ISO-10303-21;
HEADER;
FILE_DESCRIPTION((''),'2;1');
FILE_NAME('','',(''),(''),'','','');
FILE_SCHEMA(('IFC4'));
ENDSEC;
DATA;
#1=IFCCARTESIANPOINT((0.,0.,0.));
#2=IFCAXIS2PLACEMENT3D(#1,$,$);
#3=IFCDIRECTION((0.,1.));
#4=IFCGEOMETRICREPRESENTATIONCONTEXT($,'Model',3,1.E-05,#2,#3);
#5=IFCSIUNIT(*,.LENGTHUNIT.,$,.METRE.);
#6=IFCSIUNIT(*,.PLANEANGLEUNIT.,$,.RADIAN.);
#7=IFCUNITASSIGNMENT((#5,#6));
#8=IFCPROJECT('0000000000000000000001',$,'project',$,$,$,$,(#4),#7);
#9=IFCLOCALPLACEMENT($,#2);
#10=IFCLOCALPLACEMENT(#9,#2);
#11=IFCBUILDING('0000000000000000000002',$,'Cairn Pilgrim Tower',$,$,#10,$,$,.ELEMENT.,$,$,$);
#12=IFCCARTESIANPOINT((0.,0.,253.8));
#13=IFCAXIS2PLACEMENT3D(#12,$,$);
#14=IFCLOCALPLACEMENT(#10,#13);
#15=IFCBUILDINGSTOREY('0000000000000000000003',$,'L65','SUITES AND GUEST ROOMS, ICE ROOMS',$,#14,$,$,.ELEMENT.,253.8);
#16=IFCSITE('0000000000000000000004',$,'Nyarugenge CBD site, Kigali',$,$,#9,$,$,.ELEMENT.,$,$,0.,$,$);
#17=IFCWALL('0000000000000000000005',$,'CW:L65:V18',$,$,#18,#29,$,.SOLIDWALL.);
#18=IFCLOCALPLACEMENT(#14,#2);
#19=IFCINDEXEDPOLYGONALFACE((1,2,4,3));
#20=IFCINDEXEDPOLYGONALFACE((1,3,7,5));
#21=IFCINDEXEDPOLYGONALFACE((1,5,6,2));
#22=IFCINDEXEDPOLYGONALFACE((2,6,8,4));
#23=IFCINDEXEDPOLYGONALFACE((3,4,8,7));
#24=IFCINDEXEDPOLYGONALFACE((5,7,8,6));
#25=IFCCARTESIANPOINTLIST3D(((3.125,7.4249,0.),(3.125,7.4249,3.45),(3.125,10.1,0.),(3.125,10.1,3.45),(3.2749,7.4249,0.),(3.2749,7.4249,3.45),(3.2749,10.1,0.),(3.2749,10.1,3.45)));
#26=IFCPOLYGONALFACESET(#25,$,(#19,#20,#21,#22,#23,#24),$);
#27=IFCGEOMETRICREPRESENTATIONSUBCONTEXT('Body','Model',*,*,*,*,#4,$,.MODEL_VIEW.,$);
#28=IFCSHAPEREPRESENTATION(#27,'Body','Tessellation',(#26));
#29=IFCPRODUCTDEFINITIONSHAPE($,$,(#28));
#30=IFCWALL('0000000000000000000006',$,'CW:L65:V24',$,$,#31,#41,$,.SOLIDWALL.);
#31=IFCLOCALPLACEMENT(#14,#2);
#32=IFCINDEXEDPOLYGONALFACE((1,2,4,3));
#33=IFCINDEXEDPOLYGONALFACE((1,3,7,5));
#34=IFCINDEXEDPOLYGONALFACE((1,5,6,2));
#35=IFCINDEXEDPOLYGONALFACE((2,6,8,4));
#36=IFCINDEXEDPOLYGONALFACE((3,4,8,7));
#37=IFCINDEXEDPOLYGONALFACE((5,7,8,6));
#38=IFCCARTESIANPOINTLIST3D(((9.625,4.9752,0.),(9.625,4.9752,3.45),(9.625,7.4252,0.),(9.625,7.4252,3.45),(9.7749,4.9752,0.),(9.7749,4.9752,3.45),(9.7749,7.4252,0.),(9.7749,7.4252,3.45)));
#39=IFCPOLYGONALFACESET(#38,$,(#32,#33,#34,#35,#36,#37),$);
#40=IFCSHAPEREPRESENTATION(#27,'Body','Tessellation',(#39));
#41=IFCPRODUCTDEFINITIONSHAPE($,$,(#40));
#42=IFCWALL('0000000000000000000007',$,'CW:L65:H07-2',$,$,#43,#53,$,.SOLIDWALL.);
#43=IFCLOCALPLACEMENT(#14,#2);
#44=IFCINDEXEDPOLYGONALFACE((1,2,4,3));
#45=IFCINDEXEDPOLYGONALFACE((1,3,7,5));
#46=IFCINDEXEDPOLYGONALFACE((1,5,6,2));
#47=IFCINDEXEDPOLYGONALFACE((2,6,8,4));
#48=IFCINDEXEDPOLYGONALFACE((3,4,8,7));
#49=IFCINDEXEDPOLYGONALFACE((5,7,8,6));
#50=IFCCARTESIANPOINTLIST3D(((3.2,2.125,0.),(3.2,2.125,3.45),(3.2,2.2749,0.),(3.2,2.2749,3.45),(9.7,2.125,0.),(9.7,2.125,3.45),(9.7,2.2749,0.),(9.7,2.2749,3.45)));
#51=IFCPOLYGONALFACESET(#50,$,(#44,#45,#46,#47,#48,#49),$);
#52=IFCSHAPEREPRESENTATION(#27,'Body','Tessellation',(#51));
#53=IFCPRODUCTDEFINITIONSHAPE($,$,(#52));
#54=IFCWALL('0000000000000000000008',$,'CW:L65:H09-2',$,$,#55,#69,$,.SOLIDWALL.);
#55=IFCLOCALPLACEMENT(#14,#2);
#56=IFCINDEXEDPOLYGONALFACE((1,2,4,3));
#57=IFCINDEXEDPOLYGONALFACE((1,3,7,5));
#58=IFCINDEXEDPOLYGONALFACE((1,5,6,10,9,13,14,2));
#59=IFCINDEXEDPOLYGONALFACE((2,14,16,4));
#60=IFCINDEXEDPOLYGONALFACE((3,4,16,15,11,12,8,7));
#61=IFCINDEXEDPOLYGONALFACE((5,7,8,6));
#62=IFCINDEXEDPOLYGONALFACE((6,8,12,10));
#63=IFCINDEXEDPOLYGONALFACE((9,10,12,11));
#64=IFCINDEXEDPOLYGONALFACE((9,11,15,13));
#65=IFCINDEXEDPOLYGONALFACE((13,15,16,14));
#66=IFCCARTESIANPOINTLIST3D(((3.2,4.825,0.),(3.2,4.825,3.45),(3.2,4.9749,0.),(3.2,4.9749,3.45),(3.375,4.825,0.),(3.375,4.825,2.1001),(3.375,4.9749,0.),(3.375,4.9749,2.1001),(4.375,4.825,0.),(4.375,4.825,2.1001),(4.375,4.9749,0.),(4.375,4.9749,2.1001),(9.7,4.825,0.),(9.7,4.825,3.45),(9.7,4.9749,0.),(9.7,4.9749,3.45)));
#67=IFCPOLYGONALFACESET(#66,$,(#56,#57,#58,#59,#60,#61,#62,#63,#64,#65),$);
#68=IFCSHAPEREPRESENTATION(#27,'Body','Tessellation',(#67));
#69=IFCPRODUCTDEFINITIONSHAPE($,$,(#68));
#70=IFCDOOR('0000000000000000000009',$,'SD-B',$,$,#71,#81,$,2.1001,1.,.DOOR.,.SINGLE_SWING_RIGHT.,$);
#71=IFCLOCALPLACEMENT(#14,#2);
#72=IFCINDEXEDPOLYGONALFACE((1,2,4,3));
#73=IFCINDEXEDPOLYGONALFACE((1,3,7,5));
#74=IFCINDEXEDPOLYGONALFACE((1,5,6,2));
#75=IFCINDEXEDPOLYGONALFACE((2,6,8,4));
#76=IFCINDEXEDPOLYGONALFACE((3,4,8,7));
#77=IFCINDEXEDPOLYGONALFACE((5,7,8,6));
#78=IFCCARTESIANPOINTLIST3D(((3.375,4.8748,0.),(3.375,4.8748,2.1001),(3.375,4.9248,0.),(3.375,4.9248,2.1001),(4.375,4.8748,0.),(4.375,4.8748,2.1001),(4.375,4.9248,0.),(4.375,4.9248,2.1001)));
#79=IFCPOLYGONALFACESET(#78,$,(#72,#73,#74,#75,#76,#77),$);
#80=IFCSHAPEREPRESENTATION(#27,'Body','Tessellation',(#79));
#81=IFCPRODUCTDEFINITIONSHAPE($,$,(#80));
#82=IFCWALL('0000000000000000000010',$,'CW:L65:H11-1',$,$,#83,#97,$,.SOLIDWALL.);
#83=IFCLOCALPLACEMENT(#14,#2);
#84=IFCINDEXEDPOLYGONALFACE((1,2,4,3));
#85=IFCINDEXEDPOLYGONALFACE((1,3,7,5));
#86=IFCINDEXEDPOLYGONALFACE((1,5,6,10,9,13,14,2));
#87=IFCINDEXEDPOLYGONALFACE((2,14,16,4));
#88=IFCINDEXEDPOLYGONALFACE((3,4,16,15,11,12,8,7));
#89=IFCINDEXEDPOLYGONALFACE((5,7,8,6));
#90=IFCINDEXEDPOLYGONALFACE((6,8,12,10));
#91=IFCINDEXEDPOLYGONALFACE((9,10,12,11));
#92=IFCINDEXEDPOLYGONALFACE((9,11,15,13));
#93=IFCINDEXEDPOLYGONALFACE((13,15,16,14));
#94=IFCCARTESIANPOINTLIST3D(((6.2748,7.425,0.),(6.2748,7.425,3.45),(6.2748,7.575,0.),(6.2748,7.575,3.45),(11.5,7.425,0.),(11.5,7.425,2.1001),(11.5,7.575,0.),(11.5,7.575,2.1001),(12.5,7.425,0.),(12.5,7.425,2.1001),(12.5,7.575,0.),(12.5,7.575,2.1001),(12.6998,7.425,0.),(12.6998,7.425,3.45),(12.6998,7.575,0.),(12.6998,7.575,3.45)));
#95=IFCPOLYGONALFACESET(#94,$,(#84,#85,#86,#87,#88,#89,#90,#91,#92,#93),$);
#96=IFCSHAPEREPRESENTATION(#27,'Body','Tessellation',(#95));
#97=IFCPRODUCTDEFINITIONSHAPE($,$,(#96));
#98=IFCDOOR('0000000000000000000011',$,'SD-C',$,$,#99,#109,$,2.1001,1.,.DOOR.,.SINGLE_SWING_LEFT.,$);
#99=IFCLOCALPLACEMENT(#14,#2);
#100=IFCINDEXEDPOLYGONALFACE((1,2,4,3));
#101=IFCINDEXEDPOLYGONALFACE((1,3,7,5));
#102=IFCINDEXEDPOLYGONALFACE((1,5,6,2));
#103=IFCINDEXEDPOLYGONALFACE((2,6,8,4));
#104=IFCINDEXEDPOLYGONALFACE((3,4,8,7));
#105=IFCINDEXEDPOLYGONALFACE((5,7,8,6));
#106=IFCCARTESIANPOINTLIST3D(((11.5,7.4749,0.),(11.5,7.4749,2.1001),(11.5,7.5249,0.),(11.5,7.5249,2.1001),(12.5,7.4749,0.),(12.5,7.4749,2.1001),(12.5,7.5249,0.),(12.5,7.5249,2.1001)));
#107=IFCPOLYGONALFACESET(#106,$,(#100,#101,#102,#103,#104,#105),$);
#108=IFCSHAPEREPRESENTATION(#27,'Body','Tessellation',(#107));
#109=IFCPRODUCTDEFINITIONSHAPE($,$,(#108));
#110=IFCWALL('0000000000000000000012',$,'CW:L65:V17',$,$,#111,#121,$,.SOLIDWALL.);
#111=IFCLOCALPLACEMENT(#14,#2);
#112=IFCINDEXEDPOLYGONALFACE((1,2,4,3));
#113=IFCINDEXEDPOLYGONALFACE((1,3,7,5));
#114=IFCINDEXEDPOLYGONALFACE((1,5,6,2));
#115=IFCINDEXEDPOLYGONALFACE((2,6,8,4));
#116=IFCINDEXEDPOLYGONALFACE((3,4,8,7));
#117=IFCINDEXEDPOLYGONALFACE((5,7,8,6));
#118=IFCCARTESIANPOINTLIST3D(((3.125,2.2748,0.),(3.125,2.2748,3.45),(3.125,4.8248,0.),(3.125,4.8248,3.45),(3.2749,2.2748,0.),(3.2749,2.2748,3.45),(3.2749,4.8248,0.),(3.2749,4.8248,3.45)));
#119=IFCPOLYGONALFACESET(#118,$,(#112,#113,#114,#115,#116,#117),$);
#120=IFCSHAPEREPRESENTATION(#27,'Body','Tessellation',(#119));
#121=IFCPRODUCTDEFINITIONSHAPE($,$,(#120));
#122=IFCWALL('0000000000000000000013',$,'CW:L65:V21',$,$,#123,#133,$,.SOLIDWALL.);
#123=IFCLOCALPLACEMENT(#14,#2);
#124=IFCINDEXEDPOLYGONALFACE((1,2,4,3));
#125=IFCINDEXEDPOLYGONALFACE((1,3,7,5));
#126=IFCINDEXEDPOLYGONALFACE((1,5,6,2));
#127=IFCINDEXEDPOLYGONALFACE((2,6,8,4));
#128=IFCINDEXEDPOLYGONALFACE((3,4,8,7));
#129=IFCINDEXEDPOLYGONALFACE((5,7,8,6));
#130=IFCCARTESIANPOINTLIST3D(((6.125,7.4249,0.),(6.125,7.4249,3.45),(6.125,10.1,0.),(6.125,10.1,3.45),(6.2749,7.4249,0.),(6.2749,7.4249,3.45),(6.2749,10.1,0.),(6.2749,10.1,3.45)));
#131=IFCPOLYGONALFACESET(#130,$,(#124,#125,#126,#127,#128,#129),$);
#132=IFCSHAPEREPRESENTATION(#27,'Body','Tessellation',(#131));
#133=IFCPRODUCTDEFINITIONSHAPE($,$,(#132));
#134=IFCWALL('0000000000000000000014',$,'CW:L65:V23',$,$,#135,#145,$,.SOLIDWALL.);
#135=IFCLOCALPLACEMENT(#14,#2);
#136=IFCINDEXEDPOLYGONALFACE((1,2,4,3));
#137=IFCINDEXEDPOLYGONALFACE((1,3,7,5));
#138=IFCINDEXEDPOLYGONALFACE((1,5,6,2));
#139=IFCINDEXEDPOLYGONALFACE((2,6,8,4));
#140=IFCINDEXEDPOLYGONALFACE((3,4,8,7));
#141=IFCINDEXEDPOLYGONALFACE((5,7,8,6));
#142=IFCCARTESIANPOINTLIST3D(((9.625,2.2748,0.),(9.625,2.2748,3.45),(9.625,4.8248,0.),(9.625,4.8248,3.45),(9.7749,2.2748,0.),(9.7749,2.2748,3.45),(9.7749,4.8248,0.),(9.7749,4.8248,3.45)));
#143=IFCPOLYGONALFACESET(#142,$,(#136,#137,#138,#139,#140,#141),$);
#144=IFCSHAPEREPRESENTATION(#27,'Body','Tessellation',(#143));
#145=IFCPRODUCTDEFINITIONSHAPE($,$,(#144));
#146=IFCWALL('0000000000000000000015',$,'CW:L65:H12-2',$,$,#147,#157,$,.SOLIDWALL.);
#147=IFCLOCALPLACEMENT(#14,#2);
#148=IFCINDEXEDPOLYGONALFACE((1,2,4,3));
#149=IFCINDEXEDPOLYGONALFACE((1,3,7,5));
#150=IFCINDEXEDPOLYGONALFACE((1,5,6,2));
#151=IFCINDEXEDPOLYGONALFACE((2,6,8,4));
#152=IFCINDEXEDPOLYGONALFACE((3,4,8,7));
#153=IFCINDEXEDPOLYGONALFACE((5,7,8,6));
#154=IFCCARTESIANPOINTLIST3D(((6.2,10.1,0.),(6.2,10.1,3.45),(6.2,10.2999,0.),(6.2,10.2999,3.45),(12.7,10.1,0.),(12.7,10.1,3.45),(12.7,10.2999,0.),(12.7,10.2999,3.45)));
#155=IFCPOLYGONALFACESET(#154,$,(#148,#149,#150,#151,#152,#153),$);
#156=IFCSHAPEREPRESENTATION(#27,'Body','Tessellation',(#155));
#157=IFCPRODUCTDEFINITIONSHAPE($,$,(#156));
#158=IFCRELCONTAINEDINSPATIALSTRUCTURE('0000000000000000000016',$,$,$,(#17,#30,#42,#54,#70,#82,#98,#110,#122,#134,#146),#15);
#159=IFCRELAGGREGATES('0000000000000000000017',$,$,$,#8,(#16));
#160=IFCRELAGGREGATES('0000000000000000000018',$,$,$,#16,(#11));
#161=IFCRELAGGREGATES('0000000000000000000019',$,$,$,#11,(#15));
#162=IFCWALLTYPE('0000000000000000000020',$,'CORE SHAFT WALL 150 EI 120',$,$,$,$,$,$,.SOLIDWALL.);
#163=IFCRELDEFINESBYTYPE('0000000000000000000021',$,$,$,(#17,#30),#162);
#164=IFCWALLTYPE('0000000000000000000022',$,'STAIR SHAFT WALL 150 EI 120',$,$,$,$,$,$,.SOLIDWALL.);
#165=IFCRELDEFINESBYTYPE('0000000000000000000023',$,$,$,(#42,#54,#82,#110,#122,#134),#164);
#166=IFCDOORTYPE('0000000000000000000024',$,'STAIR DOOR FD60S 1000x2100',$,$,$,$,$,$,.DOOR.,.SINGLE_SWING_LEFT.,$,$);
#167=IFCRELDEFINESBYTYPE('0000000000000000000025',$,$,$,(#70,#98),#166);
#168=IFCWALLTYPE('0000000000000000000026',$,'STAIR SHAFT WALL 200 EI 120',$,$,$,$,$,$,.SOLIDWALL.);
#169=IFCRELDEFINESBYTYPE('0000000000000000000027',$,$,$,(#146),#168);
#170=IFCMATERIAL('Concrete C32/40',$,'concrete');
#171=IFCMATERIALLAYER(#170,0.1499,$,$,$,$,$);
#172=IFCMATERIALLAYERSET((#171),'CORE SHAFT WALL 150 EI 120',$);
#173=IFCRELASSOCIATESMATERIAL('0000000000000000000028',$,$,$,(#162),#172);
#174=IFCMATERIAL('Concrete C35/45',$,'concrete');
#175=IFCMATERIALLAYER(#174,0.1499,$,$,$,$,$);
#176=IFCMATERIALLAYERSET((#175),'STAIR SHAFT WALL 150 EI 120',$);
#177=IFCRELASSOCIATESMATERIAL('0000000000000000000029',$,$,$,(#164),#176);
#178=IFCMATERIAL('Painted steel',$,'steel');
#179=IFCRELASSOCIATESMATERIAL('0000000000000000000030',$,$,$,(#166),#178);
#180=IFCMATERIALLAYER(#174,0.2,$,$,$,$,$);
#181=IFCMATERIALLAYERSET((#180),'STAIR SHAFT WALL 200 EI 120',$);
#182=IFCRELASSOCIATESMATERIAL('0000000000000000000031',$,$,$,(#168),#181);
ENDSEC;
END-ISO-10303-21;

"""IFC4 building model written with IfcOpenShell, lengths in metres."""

from ifc_helpers import new_model, si_unit, direction, frame, frame_2d, origin, place, context, subcontext, project, spatial, rectangle, extrude, material, layer, layer_set, type_object, element, fill, save


model = new_model("IFC4")

# Units and contexts
model_context = context("Model", 3, precision=1e-05, world=origin(), true_north=direction((0.0, 1.0)))
body_context = subcontext(model_context, "Body", "Model", "MODEL_VIEW")
ifc_project = project(units=[si_unit("LENGTHUNIT", "METRE"), si_unit("PLANEANGLEUNIT", "RADIAN")], contexts=[model_context])

# Site, building, storey
site_placement = place(None, origin())
site = spatial("IfcSite", under=ifc_project, at=site_placement, Name="Nyarugenge CBD site, Kigali", CompositionType="ELEMENT", RefElevation=0.0)
building_placement = place(site_placement, origin())
building = spatial("IfcBuilding", under=site, at=building_placement, Name="Cairn Pilgrim Tower", CompositionType="ELEMENT")
storey_placement = place(building_placement, frame((0.0, 0.0, 253.8)))
storey = spatial("IfcBuildingStorey", under=building, at=storey_placement, Name="L65", Description="SUITES AND GUEST ROOMS, ICE ROOMS", CompositionType="ELEMENT", Elevation=253.8)

# Shared definitions
ifc_material_1 = material(Name="Concrete C32/40", Category="concrete")

# Shared definitions
ifc_layer_1 = layer(ifc_material_1, 0.1499)
ifc_layer_set_1 = layer_set([ifc_layer_1], Name="CORE SHAFT WALL 150 EI 120")
wall_type_1 = type_object("IfcWallType", Name="CORE SHAFT WALL 150 EI 120", PredefinedType="SOLIDWALL", material=ifc_layer_set_1)

# Shared definitions
ifc_material_2 = material(Name="Painted steel", Category="steel")

# Walls
wall_1_placement = place(storey_placement, frame((3.2, 7.425, 0.0), z_axis=(0.0, 0.0, 1.0), x_axis=(0.0, 1.0, 0.0)))
element("IfcWall", 1, at=wall_1_placement, inside=storey, type_object=wall_type_1, Name="CW:L65:V18", PredefinedType="SOLIDWALL", context=body_context, shape_type="SweptSolid", body=[
    extrude(rectangle(XDim=2.675, YDim=0.1499, at=frame_2d((1.3374, 0.0))), origin(), (0.0, 0.0, 1.0), 3.45),
])
wall_2_placement = place(storey_placement, frame((9.7, 4.9751, 0.0), z_axis=(0.0, 0.0, 1.0), x_axis=(0.0, 1.0, 0.0)))
element("IfcWall", 2, at=wall_2_placement, inside=storey, type_object=wall_type_1, Name="CW:L65:V24", PredefinedType="SOLIDWALL", context=body_context, shape_type="SweptSolid", body=[
    extrude(rectangle(XDim=2.45, YDim=0.1499, at=frame_2d((1.2251, 0.0))), origin(), (0.0, 0.0, 1.0), 3.45),
])
ifc_material_3 = material(Name="Concrete C35/45", Category="concrete")
ifc_layer_2 = layer(ifc_material_3, 0.1499)
ifc_layer_set_2 = layer_set([ifc_layer_2], Name="STAIR SHAFT WALL 150 EI 120")
wall_type_2 = type_object("IfcWallType", Name="STAIR SHAFT WALL 150 EI 120", PredefinedType="SOLIDWALL", material=ifc_layer_set_2)
wall_3_placement = place(storey_placement, frame((3.2, 2.2, 0.0), z_axis=(0.0, 0.0, 1.0), x_axis=(1.0, 0.0, 0.0)))
element("IfcWall", 3, at=wall_3_placement, inside=storey, type_object=wall_type_2, Name="CW:L65:H07-2", PredefinedType="SOLIDWALL", context=body_context, shape_type="SweptSolid", body=[
    extrude(rectangle(XDim=6.5, YDim=0.1499, at=frame_2d((3.25, 0.0))), origin(), (0.0, 0.0, 1.0), 3.45),
])

# Walls, openings, doors
wall_4_placement = place(storey_placement, frame((3.2, 4.8999, 0.0), z_axis=(0.0, 0.0, 1.0), x_axis=(1.0, 0.0, 0.0)))
wall_4 = element("IfcWall", 4, at=wall_4_placement, inside=storey, type_object=wall_type_2, Name="CW:L65:H09-2", PredefinedType="SOLIDWALL", context=body_context, shape_type="SweptSolid", body=[
    extrude(rectangle(XDim=6.5, YDim=0.1499, at=frame_2d((3.25, 0.0))), origin(), (0.0, 0.0, 1.0), 3.45),
])
opening_1_placement = place(wall_4_placement, frame((0.175, 0.0, 0.0)))
opening_1 = element("IfcOpeningElement", 5, at=opening_1_placement, cuts=wall_4, PredefinedType="OPENING", context=body_context, shape_type="SweptSolid", body=[
    extrude(rectangle(XDim=1.0, YDim=2.1001, at=frame_2d((0.5, 1.05))), frame((0.0, 0.085, 0.0), z_axis=(0.0, -1.0, 0.0), x_axis=(1.0, 0.0, 0.0)), (0.0, 0.0, 1.0), 0.1699),
])
door_type_1 = type_object("IfcDoorType", Name="STAIR DOOR FD60S 1000x2100", OperationType="SINGLE_SWING_LEFT", PredefinedType="DOOR", material=ifc_material_2)
door_1_placement = place(opening_1_placement, origin())
door_1 = element("IfcDoor", 6, at=door_1_placement, inside=storey, type_object=door_type_1, Name="SD-B", OperationType="SINGLE_SWING_RIGHT", OverallHeight=2.1001, OverallWidth=1.0, PredefinedType="DOOR", context=body_context, shape_type="SweptSolid", body=[
    extrude(rectangle(XDim=1.0, YDim=2.1001, at=frame_2d((0.5, 1.05))), frame((0.0, 0.0249, 0.0), z_axis=(0.0, -1.0, 0.0), x_axis=(1.0, 0.0, 0.0)), (0.0, 0.0, 1.0), 0.05),
])
fill(opening_1, door_1)
wall_5_placement = place(storey_placement, frame((6.2749, 7.5, 0.0), z_axis=(0.0, 0.0, 1.0), x_axis=(1.0, 0.0, 0.0)))
wall_5 = element("IfcWall", 7, at=wall_5_placement, inside=storey, type_object=wall_type_2, Name="CW:L65:H11-1", PredefinedType="SOLIDWALL", context=body_context, shape_type="SweptSolid", body=[
    extrude(rectangle(XDim=6.425, YDim=0.1499, at=frame_2d((3.2124, 0.0))), origin(), (0.0, 0.0, 1.0), 3.45),
])
opening_2_placement = place(wall_5_placement, frame((5.2251, 0.0, 0.0)))
opening_2 = element("IfcOpeningElement", 8, at=opening_2_placement, cuts=wall_5, PredefinedType="OPENING", context=body_context, shape_type="SweptSolid", body=[
    extrude(rectangle(XDim=1.0, YDim=2.1001, at=frame_2d((0.5, 1.05))), frame((0.0, 0.085, 0.0), z_axis=(0.0, -1.0, 0.0), x_axis=(1.0, 0.0, 0.0)), (0.0, 0.0, 1.0), 0.1699),
])
door_2_placement = place(opening_2_placement, origin())
door_2 = element("IfcDoor", 9, at=door_2_placement, inside=storey, type_object=door_type_1, Name="SD-C", OperationType="SINGLE_SWING_LEFT", OverallHeight=2.1001, OverallWidth=1.0, PredefinedType="DOOR", context=body_context, shape_type="SweptSolid", body=[
    extrude(rectangle(XDim=1.0, YDim=2.1001, at=frame_2d((0.5, 1.05))), frame((0.0, 0.0249, 0.0), z_axis=(0.0, -1.0, 0.0), x_axis=(1.0, 0.0, 0.0)), (0.0, 0.0, 1.0), 0.05),
])
fill(opening_2, door_2)

# Walls
wall_6_placement = place(storey_placement, frame((3.2, 2.2749, 0.0), z_axis=(0.0, 0.0, 1.0), x_axis=(0.0, 1.0, 0.0)))
element("IfcWall", 10, at=wall_6_placement, inside=storey, type_object=wall_type_2, Name="CW:L65:V17", PredefinedType="SOLIDWALL", context=body_context, shape_type="SweptSolid", body=[
    extrude(rectangle(XDim=2.55, YDim=0.1499, at=frame_2d((1.2749, 0.0))), origin(), (0.0, 0.0, 1.0), 3.45),
])
wall_7_placement = place(storey_placement, frame((6.2, 7.425, 0.0), z_axis=(0.0, 0.0, 1.0), x_axis=(0.0, 1.0, 0.0)))
element("IfcWall", 11, at=wall_7_placement, inside=storey, type_object=wall_type_2, Name="CW:L65:V21", PredefinedType="SOLIDWALL", context=body_context, shape_type="SweptSolid", body=[
    extrude(rectangle(XDim=2.675, YDim=0.1499, at=frame_2d((1.3374, 0.0))), origin(), (0.0, 0.0, 1.0), 3.45),
])
wall_8_placement = place(storey_placement, frame((9.7, 2.2749, 0.0), z_axis=(0.0, 0.0, 1.0), x_axis=(0.0, 1.0, 0.0)))
element("IfcWall", 12, at=wall_8_placement, inside=storey, type_object=wall_type_2, Name="CW:L65:V23", PredefinedType="SOLIDWALL", context=body_context, shape_type="SweptSolid", body=[
    extrude(rectangle(XDim=2.55, YDim=0.1499, at=frame_2d((1.2749, 0.0))), origin(), (0.0, 0.0, 1.0), 3.45),
])
ifc_layer_3 = layer(ifc_material_3, 0.2)
ifc_layer_set_3 = layer_set([ifc_layer_3], Name="STAIR SHAFT WALL 200 EI 120")
wall_type_3 = type_object("IfcWallType", Name="STAIR SHAFT WALL 200 EI 120", PredefinedType="SOLIDWALL", material=ifc_layer_set_3)
wall_9_placement = place(storey_placement, frame((6.2, 10.2, 0.0), z_axis=(0.0, 0.0, 1.0), x_axis=(1.0, 0.0, 0.0)))
element("IfcWall", 13, at=wall_9_placement, inside=storey, type_object=wall_type_3, Name="CW:L65:H12-2", PredefinedType="SOLIDWALL", context=body_context, shape_type="SweptSolid", body=[
    extrude(rectangle(XDim=6.5, YDim=0.2, at=frame_2d((3.25, 0.0))), origin(), (0.0, 0.0, 1.0), 3.45),
])

save(model, "model.ifc")
